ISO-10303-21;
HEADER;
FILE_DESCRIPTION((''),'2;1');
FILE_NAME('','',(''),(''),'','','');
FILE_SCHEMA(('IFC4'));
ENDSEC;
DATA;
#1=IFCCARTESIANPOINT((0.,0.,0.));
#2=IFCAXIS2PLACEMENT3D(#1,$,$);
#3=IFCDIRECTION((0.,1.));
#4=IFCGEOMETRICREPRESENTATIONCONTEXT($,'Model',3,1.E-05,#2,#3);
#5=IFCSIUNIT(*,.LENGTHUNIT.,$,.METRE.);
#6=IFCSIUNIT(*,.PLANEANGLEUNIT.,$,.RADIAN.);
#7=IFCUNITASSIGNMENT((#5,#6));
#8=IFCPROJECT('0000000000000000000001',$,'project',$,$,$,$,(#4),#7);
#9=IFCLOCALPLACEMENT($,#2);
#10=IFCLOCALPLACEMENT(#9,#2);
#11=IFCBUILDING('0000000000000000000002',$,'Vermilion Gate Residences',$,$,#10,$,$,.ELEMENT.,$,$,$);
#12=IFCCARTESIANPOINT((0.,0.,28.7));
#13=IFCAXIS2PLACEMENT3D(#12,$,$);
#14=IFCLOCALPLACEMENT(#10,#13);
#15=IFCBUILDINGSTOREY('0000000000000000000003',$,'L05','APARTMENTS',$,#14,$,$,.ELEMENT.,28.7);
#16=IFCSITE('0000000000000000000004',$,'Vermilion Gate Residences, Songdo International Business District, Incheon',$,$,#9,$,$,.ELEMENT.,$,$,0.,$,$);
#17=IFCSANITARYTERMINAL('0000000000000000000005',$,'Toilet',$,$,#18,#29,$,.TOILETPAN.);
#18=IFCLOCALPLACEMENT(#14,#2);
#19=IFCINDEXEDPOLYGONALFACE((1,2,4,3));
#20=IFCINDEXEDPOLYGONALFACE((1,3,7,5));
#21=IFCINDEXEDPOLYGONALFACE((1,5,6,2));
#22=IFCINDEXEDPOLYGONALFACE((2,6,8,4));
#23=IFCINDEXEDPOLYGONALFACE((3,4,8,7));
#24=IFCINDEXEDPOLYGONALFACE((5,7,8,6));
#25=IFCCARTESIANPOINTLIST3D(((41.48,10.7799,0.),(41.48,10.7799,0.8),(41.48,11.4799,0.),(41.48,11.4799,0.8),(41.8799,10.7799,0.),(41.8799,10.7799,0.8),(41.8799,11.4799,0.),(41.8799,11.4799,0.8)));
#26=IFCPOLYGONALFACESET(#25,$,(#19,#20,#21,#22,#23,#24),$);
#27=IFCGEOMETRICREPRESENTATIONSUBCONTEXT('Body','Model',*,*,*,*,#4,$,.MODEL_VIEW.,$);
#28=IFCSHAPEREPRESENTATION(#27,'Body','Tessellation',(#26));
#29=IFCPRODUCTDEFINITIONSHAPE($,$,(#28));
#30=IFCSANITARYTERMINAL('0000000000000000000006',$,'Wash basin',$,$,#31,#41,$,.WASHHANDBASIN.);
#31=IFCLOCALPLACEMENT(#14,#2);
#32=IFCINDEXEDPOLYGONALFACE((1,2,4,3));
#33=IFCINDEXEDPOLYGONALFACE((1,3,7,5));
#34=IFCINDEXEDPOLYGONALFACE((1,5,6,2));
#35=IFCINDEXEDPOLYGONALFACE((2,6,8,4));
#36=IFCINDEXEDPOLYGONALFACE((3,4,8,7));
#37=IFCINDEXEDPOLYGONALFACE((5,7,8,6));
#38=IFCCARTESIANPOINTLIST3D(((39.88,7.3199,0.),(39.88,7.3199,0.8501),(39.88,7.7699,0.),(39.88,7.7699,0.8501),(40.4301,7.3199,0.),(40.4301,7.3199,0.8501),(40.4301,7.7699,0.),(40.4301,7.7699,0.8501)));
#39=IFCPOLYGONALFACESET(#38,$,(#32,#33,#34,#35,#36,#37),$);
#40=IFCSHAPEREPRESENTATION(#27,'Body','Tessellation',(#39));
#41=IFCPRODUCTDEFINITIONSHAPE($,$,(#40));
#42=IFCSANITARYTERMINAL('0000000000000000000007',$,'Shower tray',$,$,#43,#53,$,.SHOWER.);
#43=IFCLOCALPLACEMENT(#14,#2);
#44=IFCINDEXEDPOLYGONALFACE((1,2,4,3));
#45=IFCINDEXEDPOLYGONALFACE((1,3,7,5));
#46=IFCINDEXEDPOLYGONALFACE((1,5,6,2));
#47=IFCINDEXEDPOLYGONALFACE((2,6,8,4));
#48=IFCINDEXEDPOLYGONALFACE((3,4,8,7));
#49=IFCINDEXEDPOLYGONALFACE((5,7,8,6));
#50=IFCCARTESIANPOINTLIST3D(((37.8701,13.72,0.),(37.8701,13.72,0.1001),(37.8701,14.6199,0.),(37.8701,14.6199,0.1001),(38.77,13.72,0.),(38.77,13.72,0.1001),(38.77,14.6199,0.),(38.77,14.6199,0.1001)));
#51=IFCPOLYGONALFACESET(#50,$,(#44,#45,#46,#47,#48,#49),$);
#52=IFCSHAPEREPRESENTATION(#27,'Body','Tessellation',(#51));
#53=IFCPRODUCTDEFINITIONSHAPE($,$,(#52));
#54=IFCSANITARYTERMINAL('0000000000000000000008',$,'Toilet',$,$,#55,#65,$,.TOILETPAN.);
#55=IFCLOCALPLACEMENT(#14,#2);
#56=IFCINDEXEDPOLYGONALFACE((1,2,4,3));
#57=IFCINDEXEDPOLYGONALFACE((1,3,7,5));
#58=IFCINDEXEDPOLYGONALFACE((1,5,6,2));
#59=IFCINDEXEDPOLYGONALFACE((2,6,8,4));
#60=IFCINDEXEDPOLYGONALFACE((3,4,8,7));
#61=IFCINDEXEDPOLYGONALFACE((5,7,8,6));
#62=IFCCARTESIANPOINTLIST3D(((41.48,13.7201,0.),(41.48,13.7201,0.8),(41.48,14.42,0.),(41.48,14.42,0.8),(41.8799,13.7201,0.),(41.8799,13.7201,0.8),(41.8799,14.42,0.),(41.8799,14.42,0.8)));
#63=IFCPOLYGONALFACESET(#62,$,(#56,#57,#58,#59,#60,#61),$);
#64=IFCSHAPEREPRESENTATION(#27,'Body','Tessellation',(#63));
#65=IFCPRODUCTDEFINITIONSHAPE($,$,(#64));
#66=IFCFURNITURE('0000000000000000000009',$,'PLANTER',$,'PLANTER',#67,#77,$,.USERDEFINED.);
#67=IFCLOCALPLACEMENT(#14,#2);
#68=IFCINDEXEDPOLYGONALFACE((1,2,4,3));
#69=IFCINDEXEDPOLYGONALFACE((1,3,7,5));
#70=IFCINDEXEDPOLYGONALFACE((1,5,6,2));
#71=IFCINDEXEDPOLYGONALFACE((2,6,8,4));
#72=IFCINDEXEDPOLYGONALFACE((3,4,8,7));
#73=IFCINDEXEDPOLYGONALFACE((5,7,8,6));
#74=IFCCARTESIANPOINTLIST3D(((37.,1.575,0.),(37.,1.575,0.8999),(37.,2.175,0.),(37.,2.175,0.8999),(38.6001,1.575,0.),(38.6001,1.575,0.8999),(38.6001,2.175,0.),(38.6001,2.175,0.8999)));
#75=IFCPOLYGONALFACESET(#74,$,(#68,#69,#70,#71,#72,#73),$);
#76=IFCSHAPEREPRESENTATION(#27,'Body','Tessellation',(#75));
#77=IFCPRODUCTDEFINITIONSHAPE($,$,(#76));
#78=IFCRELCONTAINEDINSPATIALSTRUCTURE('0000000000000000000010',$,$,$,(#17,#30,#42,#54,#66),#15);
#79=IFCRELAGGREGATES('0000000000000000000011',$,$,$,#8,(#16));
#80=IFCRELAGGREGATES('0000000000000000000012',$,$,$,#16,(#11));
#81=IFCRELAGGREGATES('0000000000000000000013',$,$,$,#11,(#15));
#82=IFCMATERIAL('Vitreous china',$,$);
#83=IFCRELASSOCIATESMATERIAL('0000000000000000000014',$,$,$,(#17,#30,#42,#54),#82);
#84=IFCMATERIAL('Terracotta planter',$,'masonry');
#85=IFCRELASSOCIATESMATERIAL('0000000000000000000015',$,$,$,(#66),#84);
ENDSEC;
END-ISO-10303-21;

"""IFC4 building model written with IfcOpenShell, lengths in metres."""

from ifc_helpers import new_model, si_unit, direction, frame, origin, origin_2d, place, context, subcontext, project, spatial, rectangle, extrude, material, element, save


model = new_model("IFC4")

# Units and contexts
model_context = context("Model", 3, precision=1e-05, world=origin(), true_north=direction((0.0, 1.0)))
body_context = subcontext(model_context, "Body", "Model", "MODEL_VIEW")
ifc_project = project(units=[si_unit("LENGTHUNIT", "METRE"), si_unit("PLANEANGLEUNIT", "RADIAN")], contexts=[model_context])

# Site, building, storey
site_placement = place(None, origin())
site = spatial("IfcSite", under=ifc_project, at=site_placement, Name="Vermilion Gate Residences, Songdo International Business District, Incheon", CompositionType="ELEMENT", RefElevation=0.0)
building_placement = place(site_placement, origin())
building = spatial("IfcBuilding", under=site, at=building_placement, Name="Vermilion Gate Residences", CompositionType="ELEMENT")
storey_placement = place(building_placement, frame((0.0, 0.0, 28.7)))
storey = spatial("IfcBuildingStorey", under=building, at=storey_placement, Name="L05", Description="APARTMENTS", CompositionType="ELEMENT", Elevation=28.7)

# Sanitary terminals
ifc_material_1 = material(Name="Vitreous china")
sanitary_terminal_1_placement = place(storey_placement, frame((41.6799, 11.1299, 0.0), z_axis=(0.0, 0.0, 1.0), x_axis=(1.0, 0.0, 0.0)))
element("IfcSanitaryTerminal", 1, at=sanitary_terminal_1_placement, inside=storey, material=ifc_material_1, Name="Toilet", PredefinedType="TOILETPAN", context=body_context, shape_type="SweptSolid", body=[
    extrude(rectangle(XDim=0.3999, YDim=0.7, at=origin_2d()), origin(), (0.0, 0.0, 1.0), 0.8),
])
sanitary_terminal_2_placement = place(storey_placement, frame((40.155, 7.5449, 0.0), z_axis=(0.0, 0.0, 1.0), x_axis=(1.0, 0.0, 0.0)))
element("IfcSanitaryTerminal", 2, at=sanitary_terminal_2_placement, inside=storey, material=ifc_material_1, Name="Wash basin", PredefinedType="WASHHANDBASIN", context=body_context, shape_type="SweptSolid", body=[
    extrude(rectangle(XDim=0.55, YDim=0.45, at=origin_2d()), origin(), (0.0, 0.0, 1.0), 0.8501),
])
sanitary_terminal_3_placement = place(storey_placement, frame((38.3201, 14.1699, 0.0), z_axis=(0.0, 0.0, 1.0), x_axis=(1.0, 0.0, 0.0)))
element("IfcSanitaryTerminal", 3, at=sanitary_terminal_3_placement, inside=storey, material=ifc_material_1, Name="Shower tray", PredefinedType="SHOWER", context=body_context, shape_type="SweptSolid", body=[
    extrude(rectangle(XDim=0.8999, YDim=0.8999, at=origin_2d()), origin(), (0.0, 0.0, 1.0), 0.1001),
])
sanitary_terminal_4_placement = place(storey_placement, frame((41.6799, 14.0701, 0.0), z_axis=(0.0, 0.0, 1.0), x_axis=(1.0, 0.0, 0.0)))
element("IfcSanitaryTerminal", 4, at=sanitary_terminal_4_placement, inside=storey, material=ifc_material_1, Name="Toilet", PredefinedType="TOILETPAN", context=body_context, shape_type="SweptSolid", body=[
    extrude(rectangle(XDim=0.3999, YDim=0.7, at=origin_2d()), origin(), (0.0, 0.0, 1.0), 0.8),
])

# Furniture
ifc_material_2 = material(Name="Terracotta planter", Category="masonry")
furniture_placement = place(storey_placement, frame((37.8, 1.875, 0.0), z_axis=(0.0, 0.0, 1.0), x_axis=(1.0, 0.0, 0.0)))
element("IfcFurniture", 5, at=furniture_placement, inside=storey, material=ifc_material_2, Name="PLANTER", ObjectType="PLANTER", PredefinedType="USERDEFINED", context=body_context, shape_type="SweptSolid", body=[
    extrude(rectangle(XDim=1.6001, YDim=0.6001, at=origin_2d()), origin(), (0.0, 0.0, 1.0), 0.8999),
])

save(model, "model.ifc")
